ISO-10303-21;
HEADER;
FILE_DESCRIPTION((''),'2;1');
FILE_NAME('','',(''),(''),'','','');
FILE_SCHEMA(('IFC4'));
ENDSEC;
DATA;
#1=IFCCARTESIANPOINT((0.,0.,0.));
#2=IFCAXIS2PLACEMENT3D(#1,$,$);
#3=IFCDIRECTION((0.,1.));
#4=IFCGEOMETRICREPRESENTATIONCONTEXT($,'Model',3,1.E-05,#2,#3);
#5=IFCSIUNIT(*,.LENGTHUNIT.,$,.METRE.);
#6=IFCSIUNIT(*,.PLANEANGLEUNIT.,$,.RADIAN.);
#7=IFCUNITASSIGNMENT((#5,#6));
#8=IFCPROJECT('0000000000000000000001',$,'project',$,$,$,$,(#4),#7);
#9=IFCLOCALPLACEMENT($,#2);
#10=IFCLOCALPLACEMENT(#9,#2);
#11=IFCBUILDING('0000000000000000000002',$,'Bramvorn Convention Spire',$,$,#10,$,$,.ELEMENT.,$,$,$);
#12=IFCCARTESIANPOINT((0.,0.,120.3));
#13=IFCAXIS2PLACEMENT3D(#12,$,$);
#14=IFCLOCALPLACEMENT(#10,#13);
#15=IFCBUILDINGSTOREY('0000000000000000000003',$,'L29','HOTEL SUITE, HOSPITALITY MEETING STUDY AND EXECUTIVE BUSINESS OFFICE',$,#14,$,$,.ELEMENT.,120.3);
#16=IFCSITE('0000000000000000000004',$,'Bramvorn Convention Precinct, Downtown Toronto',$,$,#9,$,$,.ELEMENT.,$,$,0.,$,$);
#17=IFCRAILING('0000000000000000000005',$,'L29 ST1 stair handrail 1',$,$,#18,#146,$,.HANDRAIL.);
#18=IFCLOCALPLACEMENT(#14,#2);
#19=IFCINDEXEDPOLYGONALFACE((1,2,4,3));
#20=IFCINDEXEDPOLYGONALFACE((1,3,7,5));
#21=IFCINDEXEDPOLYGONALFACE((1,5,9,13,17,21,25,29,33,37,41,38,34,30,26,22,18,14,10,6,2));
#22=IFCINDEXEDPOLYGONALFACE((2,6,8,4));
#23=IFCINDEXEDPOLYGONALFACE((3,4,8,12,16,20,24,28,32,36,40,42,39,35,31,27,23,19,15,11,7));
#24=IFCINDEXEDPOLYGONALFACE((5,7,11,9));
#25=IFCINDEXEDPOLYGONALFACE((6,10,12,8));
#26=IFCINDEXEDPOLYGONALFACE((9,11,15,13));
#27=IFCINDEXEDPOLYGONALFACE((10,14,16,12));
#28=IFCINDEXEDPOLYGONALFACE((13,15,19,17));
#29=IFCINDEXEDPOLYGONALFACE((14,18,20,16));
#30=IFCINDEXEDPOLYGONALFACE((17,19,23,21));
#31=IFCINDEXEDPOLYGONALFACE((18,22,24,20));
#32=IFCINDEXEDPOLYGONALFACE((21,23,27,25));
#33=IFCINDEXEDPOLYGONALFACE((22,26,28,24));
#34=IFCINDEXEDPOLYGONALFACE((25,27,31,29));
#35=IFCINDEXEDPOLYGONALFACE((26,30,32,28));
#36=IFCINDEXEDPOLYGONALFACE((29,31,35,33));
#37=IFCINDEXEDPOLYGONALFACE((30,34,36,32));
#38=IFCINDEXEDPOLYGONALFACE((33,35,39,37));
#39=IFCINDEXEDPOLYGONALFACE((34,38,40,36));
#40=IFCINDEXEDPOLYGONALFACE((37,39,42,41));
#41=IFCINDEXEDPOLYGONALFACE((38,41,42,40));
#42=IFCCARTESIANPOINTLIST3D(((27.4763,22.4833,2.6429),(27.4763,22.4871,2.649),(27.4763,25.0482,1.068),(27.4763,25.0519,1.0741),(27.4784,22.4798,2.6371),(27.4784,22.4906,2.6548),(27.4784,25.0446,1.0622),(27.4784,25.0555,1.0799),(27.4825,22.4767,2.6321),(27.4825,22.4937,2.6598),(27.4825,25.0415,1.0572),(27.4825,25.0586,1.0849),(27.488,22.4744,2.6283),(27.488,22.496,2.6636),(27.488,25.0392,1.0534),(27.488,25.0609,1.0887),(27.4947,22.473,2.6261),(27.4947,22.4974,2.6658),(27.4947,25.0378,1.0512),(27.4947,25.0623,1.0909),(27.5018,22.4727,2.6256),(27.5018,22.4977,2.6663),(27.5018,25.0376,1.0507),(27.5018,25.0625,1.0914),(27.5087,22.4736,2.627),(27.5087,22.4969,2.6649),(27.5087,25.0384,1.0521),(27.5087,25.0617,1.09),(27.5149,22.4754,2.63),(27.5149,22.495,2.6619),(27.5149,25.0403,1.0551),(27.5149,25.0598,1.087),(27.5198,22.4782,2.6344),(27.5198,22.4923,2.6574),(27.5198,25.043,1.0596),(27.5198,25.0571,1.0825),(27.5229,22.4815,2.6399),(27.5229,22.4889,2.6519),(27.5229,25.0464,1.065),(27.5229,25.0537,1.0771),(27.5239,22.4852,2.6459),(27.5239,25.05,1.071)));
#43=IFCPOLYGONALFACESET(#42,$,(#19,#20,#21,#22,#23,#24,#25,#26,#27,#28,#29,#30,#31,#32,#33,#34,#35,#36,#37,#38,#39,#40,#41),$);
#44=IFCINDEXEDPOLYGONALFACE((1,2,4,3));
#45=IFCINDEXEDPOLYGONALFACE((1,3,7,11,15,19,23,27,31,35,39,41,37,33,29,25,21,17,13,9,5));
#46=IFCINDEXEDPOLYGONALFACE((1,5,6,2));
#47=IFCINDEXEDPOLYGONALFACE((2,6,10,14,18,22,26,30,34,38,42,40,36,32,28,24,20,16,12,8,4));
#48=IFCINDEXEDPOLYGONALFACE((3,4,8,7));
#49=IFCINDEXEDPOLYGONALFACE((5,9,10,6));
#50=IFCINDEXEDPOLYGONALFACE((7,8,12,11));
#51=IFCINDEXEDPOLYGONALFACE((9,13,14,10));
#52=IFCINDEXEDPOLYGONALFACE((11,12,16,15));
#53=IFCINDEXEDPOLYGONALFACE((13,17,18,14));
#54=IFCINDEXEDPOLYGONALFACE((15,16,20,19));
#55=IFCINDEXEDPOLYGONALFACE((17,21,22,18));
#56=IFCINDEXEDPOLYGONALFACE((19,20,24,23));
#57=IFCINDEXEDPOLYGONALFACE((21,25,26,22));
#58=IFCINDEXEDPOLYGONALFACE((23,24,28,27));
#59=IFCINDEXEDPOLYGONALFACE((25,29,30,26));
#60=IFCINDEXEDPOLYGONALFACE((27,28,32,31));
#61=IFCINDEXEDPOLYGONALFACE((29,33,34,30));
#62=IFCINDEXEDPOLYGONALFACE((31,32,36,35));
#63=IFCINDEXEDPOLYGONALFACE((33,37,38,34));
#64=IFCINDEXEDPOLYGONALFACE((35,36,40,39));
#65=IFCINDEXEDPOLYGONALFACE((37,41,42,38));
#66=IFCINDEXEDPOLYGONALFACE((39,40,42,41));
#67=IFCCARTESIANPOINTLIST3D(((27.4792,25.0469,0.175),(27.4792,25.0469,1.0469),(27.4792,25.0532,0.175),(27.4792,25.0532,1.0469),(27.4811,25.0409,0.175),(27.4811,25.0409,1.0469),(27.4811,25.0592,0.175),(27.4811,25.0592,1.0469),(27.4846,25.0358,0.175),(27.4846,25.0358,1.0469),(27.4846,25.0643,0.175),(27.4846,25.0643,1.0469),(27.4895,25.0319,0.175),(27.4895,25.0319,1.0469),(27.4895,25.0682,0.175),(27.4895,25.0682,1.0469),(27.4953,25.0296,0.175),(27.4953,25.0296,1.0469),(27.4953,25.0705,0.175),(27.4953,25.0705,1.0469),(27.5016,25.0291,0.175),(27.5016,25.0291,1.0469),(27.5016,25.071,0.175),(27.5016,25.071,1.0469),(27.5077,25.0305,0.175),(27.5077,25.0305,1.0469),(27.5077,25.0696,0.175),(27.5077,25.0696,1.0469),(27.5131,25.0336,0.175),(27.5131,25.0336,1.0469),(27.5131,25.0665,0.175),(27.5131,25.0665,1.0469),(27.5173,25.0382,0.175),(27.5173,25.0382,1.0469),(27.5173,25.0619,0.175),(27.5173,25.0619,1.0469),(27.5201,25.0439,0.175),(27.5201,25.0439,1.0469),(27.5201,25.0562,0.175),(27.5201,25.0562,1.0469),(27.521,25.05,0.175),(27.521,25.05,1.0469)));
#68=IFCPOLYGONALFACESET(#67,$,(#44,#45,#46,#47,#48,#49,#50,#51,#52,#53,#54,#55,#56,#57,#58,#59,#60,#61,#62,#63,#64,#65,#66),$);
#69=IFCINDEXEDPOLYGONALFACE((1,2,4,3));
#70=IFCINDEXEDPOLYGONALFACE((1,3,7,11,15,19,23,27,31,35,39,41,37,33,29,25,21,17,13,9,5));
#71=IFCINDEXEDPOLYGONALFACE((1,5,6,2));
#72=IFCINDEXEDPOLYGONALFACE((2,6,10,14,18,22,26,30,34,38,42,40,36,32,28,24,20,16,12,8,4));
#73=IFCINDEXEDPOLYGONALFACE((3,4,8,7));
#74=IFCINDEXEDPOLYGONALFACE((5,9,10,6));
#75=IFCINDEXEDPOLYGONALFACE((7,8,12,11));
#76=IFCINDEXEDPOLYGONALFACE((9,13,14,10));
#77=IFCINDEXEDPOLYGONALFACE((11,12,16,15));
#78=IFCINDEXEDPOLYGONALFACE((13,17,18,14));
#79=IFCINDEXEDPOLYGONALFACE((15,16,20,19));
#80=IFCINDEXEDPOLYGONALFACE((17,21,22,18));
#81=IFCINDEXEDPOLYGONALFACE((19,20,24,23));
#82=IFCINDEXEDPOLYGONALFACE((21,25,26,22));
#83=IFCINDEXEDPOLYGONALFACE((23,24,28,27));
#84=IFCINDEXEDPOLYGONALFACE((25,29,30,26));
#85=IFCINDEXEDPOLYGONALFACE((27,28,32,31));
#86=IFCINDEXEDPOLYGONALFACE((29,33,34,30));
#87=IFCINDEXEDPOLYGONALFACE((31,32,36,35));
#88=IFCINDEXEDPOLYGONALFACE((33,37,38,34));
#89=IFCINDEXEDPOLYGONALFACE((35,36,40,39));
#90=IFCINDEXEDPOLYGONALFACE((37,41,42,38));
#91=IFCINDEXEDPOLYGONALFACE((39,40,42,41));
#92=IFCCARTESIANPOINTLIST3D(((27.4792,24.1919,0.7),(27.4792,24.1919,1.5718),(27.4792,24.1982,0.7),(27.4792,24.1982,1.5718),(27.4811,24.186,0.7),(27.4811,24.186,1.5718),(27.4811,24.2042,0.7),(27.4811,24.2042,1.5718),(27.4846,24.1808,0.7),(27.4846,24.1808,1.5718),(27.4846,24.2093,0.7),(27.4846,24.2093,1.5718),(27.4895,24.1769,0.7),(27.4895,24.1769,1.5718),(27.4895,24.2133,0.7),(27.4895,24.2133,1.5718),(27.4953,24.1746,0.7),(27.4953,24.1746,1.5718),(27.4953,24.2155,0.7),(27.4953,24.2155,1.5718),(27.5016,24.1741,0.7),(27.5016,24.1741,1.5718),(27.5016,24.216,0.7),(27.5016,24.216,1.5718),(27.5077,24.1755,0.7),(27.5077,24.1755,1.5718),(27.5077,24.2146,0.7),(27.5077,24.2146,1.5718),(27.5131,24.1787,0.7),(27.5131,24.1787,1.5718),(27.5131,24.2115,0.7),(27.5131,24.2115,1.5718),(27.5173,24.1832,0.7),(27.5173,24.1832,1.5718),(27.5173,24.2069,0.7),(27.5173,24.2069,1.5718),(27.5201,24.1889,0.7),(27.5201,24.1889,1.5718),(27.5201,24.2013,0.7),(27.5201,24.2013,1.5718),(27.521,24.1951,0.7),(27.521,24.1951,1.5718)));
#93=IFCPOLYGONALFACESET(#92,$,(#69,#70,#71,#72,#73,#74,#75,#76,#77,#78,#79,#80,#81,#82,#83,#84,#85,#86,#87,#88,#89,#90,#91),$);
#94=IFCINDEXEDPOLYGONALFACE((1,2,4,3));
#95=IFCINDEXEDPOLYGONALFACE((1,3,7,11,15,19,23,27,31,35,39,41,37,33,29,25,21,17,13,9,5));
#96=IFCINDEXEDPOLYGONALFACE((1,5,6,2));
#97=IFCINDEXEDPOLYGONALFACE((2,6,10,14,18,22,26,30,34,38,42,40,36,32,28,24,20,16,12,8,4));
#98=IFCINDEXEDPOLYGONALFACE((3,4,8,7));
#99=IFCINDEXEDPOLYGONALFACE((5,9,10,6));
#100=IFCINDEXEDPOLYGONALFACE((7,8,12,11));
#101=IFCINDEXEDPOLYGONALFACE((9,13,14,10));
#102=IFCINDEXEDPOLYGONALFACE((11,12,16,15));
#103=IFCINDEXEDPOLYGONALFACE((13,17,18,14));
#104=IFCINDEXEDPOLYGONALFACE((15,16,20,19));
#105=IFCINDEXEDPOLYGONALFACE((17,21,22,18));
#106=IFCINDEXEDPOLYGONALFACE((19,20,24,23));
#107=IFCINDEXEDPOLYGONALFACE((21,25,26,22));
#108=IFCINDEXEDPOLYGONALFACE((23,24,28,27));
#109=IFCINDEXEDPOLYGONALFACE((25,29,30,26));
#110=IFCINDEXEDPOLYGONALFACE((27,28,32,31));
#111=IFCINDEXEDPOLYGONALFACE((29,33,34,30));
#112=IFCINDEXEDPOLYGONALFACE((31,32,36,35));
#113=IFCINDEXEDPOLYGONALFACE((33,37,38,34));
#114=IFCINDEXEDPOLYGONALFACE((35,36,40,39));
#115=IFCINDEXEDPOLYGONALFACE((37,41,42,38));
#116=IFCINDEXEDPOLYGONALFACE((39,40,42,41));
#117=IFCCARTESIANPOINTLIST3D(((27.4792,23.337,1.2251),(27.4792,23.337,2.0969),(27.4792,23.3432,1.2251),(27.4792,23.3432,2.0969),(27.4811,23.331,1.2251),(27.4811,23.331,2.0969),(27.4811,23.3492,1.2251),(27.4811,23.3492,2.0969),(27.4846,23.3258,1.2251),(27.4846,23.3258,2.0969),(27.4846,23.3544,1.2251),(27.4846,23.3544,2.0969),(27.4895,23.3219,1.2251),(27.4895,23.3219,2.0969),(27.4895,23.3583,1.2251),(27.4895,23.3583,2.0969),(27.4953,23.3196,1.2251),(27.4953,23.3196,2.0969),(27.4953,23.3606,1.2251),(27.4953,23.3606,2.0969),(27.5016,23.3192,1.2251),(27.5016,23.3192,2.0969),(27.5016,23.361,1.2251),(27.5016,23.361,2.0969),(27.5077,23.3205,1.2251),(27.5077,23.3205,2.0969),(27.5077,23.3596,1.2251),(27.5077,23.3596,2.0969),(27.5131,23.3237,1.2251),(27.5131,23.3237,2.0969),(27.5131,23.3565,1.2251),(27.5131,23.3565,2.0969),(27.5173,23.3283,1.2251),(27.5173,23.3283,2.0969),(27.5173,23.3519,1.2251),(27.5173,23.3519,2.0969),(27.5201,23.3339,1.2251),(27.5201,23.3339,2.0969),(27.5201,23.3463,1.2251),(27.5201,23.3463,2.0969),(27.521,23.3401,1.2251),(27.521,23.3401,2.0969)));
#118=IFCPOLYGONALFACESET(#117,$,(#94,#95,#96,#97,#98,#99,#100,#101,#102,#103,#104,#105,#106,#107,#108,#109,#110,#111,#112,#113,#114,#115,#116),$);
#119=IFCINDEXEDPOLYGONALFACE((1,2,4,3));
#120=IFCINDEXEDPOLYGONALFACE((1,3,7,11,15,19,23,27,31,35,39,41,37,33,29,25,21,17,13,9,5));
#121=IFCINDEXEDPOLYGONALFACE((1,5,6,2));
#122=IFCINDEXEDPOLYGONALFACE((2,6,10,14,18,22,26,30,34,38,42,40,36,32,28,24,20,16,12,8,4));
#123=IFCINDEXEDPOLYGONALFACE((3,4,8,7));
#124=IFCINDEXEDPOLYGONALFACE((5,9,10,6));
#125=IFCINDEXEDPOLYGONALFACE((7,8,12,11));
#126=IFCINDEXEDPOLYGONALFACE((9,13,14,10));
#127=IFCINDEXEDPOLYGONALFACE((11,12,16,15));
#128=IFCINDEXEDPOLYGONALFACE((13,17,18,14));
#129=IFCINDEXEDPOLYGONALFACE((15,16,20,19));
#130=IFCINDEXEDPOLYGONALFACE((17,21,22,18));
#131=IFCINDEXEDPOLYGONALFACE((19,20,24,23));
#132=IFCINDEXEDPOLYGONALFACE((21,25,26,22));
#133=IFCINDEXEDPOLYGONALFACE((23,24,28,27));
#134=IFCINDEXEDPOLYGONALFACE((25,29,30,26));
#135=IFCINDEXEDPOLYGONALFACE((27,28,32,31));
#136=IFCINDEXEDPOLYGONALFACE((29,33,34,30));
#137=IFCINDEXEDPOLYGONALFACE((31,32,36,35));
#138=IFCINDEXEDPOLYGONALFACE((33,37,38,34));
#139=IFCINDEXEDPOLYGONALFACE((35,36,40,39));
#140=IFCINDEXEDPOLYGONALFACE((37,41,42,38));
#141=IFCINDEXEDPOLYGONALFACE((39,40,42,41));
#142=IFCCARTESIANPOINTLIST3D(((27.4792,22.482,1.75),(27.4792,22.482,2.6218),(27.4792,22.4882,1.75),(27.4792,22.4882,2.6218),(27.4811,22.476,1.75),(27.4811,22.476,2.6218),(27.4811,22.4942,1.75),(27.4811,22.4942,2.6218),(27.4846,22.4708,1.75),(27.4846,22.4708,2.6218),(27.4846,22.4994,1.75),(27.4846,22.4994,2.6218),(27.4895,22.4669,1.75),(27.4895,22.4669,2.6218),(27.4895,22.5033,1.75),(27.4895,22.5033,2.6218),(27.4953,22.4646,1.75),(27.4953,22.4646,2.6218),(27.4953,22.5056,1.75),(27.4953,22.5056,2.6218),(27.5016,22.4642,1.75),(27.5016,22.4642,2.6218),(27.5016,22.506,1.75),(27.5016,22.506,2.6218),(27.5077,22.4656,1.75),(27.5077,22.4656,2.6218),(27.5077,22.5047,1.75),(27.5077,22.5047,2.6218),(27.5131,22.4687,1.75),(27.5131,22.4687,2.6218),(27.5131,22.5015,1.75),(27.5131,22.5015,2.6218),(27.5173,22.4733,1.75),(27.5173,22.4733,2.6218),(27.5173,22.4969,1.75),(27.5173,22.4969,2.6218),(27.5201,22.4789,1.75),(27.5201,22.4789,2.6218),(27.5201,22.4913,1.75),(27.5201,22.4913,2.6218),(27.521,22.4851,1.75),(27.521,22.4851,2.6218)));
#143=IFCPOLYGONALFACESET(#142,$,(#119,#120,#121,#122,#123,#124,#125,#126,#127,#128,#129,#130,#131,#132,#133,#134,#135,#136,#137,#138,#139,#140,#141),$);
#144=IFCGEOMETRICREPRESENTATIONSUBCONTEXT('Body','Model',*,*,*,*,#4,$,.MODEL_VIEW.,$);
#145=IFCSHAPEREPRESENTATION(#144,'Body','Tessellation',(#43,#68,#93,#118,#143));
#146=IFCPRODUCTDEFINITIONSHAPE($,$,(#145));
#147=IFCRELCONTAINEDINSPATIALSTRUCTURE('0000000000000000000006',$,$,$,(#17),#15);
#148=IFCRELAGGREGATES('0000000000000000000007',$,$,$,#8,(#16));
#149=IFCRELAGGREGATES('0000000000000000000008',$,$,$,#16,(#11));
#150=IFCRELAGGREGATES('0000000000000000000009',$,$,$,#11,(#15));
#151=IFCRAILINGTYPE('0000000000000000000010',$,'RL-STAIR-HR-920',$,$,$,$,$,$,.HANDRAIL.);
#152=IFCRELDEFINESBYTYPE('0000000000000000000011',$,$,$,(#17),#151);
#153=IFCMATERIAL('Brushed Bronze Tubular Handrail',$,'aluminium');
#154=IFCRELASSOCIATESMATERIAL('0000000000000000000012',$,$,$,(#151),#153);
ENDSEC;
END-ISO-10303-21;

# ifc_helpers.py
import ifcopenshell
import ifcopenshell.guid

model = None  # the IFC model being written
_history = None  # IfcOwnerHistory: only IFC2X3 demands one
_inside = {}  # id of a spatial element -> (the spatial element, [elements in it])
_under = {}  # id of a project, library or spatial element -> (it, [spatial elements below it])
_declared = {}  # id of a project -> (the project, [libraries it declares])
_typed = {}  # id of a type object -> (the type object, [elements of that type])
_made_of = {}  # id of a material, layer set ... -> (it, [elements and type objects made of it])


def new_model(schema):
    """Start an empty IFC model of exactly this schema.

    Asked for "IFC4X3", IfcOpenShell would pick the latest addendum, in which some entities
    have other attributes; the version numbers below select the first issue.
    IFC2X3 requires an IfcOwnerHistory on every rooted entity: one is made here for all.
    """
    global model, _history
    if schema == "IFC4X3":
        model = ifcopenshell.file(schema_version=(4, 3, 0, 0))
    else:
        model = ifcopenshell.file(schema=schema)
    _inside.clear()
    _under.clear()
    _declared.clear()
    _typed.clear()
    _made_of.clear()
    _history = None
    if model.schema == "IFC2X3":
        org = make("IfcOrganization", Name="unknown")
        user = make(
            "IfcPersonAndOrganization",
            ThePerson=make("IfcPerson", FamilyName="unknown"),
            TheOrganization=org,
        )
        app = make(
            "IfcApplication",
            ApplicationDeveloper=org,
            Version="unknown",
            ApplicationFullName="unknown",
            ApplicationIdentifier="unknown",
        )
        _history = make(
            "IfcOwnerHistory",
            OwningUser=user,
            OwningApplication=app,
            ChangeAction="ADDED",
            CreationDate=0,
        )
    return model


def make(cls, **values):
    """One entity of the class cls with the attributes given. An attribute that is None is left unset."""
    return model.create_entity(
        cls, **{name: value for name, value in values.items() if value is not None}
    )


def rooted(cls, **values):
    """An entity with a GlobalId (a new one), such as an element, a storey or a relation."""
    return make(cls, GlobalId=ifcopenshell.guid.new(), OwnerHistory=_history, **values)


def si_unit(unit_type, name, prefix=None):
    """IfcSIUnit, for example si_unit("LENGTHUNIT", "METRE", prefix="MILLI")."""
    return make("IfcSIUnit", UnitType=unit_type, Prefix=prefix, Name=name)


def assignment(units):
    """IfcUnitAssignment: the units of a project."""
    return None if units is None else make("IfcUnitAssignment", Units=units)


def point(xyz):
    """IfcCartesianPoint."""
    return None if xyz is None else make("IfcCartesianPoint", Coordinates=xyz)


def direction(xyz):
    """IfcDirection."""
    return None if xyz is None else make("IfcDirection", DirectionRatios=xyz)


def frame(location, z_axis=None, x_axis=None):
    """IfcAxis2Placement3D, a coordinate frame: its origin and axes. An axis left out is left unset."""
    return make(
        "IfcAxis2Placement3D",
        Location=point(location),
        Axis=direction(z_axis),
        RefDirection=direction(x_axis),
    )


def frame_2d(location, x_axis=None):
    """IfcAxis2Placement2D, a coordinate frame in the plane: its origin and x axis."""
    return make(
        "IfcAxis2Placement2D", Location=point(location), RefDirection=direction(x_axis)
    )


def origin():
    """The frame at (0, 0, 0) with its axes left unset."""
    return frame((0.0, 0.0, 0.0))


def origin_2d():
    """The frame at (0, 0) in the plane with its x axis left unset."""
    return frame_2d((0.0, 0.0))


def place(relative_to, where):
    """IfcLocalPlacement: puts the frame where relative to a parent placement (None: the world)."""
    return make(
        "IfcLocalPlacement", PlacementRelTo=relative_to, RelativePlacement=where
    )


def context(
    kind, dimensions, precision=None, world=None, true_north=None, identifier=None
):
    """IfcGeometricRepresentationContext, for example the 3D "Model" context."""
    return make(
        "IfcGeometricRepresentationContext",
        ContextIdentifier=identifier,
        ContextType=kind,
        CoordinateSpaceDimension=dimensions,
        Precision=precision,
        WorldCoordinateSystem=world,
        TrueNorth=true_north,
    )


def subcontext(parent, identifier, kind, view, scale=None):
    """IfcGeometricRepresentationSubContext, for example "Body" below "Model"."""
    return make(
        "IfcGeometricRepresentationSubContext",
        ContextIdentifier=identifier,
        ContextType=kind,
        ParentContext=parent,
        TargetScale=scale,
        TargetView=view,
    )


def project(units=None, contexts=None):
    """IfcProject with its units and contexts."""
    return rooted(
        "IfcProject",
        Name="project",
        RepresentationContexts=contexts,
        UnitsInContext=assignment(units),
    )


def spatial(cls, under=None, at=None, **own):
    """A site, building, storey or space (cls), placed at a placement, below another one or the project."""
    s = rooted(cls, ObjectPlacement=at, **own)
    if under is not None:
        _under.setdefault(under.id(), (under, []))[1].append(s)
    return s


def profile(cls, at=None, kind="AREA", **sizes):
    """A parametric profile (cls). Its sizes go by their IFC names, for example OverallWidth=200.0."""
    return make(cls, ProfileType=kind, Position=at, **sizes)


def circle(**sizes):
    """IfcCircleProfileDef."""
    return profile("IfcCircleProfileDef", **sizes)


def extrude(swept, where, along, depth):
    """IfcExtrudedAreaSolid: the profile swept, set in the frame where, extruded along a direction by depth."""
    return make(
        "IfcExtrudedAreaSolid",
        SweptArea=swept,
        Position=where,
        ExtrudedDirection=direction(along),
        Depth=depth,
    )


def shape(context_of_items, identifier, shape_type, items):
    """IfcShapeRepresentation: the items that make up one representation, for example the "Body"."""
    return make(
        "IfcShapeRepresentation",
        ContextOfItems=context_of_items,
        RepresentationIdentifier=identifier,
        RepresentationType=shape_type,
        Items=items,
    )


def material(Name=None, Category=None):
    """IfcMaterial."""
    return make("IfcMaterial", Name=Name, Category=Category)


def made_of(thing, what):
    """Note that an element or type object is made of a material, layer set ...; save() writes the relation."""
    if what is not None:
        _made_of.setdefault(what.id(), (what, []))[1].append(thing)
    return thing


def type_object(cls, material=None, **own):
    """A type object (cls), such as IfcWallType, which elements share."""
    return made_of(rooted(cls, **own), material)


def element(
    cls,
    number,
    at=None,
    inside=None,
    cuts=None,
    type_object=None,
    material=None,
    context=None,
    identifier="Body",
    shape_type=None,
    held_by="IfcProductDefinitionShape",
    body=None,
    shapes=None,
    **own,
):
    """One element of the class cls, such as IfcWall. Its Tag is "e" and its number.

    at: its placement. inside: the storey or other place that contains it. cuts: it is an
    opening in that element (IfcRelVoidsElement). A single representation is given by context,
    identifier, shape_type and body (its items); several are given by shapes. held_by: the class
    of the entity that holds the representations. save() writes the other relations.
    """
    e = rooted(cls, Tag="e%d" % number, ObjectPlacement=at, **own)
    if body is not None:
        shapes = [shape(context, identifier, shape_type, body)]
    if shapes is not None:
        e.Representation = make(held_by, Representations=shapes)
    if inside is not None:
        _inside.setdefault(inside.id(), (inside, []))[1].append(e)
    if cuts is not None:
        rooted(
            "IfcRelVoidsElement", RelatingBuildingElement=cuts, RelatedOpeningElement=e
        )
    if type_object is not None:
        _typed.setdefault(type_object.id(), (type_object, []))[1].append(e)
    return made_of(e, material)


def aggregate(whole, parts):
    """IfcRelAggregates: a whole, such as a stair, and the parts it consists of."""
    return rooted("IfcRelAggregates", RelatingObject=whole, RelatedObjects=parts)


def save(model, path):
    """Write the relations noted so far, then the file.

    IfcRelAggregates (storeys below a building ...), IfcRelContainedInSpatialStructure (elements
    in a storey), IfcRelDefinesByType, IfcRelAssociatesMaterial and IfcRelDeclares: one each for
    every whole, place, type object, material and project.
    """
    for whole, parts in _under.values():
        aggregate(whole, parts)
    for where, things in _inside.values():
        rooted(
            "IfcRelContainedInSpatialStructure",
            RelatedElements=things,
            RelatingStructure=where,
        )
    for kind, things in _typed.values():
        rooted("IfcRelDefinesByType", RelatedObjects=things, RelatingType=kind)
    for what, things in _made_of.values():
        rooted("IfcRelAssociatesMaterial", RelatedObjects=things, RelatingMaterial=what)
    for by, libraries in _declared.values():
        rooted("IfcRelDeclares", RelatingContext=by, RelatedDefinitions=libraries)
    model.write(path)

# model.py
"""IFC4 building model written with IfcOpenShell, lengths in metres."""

from ifc_helpers import new_model, si_unit, direction, frame, origin, origin_2d, place, context, subcontext, project, spatial, circle, extrude, material, type_object, element, save


model = new_model("IFC4")

# Units and contexts
model_context = context("Model", 3, precision=1e-05, world=origin(), true_north=direction((0.0, 1.0)))
body_context = subcontext(model_context, "Body", "Model", "MODEL_VIEW")
ifc_project = project(units=[si_unit("LENGTHUNIT", "METRE"), si_unit("PLANEANGLEUNIT", "RADIAN")], contexts=[model_context])

# Site, building, storey
site_placement = place(None, origin())
site = spatial("IfcSite", under=ifc_project, at=site_placement, Name="Bramvorn Convention Precinct, Downtown Toronto", CompositionType="ELEMENT", RefElevation=0.0)
building_placement = place(site_placement, origin())
building = spatial("IfcBuilding", under=site, at=building_placement, Name="Bramvorn Convention Spire", CompositionType="ELEMENT")
storey_placement = place(building_placement, frame((0.0, 0.0, 120.3)))
storey = spatial("IfcBuildingStorey", under=building, at=storey_placement, Name="L29", Description="HOTEL SUITE, HOSPITALITY MEETING STUDY AND EXECUTIVE BUSINESS OFFICE", CompositionType="ELEMENT", Elevation=120.3)

# Railing
ifc_material_1 = material(Name="Brushed Bronze Tubular Handrail", Category="aluminium")
railing_type_1 = type_object("IfcRailingType", Name="RL-STAIR-HR-920", PredefinedType="HANDRAIL", material=ifc_material_1)
railing_1_placement = place(storey_placement, frame((27.5, 25.05, 0.175)))
element("IfcRailing", 1, at=railing_1_placement, inside=storey, type_object=railing_type_1, Name="L29 ST1 stair handrail 1", PredefinedType="HANDRAIL", context=body_context, shape_type="SweptSolid", body=[
    extrude(circle(Radius=0.0239, at=origin_2d()), frame((0.0, 0.0, 0.896), z_axis=(0.0, -0.852173, 0.52326), x_axis=(1.0, 0.0, 0.0)), (0.0, 0.0, 1.0), 3.0098),
    extrude(circle(Radius=0.021, at=origin_2d()), origin(), (0.0, 0.0, 1.0), 0.8718),
    extrude(circle(Radius=0.021, at=origin_2d()), frame((0.0, -0.855, 0.5249)), (0.0, 0.0, 1.0), 0.8718),
    extrude(circle(Radius=0.021, at=origin_2d()), frame((0.0, -1.71, 1.05)), (0.0, 0.0, 1.0), 0.8718),
    extrude(circle(Radius=0.021, at=origin_2d()), frame((0.0, -2.5649, 1.575)), (0.0, 0.0, 1.0), 0.8718),
])

save(model, "model.ifc")
